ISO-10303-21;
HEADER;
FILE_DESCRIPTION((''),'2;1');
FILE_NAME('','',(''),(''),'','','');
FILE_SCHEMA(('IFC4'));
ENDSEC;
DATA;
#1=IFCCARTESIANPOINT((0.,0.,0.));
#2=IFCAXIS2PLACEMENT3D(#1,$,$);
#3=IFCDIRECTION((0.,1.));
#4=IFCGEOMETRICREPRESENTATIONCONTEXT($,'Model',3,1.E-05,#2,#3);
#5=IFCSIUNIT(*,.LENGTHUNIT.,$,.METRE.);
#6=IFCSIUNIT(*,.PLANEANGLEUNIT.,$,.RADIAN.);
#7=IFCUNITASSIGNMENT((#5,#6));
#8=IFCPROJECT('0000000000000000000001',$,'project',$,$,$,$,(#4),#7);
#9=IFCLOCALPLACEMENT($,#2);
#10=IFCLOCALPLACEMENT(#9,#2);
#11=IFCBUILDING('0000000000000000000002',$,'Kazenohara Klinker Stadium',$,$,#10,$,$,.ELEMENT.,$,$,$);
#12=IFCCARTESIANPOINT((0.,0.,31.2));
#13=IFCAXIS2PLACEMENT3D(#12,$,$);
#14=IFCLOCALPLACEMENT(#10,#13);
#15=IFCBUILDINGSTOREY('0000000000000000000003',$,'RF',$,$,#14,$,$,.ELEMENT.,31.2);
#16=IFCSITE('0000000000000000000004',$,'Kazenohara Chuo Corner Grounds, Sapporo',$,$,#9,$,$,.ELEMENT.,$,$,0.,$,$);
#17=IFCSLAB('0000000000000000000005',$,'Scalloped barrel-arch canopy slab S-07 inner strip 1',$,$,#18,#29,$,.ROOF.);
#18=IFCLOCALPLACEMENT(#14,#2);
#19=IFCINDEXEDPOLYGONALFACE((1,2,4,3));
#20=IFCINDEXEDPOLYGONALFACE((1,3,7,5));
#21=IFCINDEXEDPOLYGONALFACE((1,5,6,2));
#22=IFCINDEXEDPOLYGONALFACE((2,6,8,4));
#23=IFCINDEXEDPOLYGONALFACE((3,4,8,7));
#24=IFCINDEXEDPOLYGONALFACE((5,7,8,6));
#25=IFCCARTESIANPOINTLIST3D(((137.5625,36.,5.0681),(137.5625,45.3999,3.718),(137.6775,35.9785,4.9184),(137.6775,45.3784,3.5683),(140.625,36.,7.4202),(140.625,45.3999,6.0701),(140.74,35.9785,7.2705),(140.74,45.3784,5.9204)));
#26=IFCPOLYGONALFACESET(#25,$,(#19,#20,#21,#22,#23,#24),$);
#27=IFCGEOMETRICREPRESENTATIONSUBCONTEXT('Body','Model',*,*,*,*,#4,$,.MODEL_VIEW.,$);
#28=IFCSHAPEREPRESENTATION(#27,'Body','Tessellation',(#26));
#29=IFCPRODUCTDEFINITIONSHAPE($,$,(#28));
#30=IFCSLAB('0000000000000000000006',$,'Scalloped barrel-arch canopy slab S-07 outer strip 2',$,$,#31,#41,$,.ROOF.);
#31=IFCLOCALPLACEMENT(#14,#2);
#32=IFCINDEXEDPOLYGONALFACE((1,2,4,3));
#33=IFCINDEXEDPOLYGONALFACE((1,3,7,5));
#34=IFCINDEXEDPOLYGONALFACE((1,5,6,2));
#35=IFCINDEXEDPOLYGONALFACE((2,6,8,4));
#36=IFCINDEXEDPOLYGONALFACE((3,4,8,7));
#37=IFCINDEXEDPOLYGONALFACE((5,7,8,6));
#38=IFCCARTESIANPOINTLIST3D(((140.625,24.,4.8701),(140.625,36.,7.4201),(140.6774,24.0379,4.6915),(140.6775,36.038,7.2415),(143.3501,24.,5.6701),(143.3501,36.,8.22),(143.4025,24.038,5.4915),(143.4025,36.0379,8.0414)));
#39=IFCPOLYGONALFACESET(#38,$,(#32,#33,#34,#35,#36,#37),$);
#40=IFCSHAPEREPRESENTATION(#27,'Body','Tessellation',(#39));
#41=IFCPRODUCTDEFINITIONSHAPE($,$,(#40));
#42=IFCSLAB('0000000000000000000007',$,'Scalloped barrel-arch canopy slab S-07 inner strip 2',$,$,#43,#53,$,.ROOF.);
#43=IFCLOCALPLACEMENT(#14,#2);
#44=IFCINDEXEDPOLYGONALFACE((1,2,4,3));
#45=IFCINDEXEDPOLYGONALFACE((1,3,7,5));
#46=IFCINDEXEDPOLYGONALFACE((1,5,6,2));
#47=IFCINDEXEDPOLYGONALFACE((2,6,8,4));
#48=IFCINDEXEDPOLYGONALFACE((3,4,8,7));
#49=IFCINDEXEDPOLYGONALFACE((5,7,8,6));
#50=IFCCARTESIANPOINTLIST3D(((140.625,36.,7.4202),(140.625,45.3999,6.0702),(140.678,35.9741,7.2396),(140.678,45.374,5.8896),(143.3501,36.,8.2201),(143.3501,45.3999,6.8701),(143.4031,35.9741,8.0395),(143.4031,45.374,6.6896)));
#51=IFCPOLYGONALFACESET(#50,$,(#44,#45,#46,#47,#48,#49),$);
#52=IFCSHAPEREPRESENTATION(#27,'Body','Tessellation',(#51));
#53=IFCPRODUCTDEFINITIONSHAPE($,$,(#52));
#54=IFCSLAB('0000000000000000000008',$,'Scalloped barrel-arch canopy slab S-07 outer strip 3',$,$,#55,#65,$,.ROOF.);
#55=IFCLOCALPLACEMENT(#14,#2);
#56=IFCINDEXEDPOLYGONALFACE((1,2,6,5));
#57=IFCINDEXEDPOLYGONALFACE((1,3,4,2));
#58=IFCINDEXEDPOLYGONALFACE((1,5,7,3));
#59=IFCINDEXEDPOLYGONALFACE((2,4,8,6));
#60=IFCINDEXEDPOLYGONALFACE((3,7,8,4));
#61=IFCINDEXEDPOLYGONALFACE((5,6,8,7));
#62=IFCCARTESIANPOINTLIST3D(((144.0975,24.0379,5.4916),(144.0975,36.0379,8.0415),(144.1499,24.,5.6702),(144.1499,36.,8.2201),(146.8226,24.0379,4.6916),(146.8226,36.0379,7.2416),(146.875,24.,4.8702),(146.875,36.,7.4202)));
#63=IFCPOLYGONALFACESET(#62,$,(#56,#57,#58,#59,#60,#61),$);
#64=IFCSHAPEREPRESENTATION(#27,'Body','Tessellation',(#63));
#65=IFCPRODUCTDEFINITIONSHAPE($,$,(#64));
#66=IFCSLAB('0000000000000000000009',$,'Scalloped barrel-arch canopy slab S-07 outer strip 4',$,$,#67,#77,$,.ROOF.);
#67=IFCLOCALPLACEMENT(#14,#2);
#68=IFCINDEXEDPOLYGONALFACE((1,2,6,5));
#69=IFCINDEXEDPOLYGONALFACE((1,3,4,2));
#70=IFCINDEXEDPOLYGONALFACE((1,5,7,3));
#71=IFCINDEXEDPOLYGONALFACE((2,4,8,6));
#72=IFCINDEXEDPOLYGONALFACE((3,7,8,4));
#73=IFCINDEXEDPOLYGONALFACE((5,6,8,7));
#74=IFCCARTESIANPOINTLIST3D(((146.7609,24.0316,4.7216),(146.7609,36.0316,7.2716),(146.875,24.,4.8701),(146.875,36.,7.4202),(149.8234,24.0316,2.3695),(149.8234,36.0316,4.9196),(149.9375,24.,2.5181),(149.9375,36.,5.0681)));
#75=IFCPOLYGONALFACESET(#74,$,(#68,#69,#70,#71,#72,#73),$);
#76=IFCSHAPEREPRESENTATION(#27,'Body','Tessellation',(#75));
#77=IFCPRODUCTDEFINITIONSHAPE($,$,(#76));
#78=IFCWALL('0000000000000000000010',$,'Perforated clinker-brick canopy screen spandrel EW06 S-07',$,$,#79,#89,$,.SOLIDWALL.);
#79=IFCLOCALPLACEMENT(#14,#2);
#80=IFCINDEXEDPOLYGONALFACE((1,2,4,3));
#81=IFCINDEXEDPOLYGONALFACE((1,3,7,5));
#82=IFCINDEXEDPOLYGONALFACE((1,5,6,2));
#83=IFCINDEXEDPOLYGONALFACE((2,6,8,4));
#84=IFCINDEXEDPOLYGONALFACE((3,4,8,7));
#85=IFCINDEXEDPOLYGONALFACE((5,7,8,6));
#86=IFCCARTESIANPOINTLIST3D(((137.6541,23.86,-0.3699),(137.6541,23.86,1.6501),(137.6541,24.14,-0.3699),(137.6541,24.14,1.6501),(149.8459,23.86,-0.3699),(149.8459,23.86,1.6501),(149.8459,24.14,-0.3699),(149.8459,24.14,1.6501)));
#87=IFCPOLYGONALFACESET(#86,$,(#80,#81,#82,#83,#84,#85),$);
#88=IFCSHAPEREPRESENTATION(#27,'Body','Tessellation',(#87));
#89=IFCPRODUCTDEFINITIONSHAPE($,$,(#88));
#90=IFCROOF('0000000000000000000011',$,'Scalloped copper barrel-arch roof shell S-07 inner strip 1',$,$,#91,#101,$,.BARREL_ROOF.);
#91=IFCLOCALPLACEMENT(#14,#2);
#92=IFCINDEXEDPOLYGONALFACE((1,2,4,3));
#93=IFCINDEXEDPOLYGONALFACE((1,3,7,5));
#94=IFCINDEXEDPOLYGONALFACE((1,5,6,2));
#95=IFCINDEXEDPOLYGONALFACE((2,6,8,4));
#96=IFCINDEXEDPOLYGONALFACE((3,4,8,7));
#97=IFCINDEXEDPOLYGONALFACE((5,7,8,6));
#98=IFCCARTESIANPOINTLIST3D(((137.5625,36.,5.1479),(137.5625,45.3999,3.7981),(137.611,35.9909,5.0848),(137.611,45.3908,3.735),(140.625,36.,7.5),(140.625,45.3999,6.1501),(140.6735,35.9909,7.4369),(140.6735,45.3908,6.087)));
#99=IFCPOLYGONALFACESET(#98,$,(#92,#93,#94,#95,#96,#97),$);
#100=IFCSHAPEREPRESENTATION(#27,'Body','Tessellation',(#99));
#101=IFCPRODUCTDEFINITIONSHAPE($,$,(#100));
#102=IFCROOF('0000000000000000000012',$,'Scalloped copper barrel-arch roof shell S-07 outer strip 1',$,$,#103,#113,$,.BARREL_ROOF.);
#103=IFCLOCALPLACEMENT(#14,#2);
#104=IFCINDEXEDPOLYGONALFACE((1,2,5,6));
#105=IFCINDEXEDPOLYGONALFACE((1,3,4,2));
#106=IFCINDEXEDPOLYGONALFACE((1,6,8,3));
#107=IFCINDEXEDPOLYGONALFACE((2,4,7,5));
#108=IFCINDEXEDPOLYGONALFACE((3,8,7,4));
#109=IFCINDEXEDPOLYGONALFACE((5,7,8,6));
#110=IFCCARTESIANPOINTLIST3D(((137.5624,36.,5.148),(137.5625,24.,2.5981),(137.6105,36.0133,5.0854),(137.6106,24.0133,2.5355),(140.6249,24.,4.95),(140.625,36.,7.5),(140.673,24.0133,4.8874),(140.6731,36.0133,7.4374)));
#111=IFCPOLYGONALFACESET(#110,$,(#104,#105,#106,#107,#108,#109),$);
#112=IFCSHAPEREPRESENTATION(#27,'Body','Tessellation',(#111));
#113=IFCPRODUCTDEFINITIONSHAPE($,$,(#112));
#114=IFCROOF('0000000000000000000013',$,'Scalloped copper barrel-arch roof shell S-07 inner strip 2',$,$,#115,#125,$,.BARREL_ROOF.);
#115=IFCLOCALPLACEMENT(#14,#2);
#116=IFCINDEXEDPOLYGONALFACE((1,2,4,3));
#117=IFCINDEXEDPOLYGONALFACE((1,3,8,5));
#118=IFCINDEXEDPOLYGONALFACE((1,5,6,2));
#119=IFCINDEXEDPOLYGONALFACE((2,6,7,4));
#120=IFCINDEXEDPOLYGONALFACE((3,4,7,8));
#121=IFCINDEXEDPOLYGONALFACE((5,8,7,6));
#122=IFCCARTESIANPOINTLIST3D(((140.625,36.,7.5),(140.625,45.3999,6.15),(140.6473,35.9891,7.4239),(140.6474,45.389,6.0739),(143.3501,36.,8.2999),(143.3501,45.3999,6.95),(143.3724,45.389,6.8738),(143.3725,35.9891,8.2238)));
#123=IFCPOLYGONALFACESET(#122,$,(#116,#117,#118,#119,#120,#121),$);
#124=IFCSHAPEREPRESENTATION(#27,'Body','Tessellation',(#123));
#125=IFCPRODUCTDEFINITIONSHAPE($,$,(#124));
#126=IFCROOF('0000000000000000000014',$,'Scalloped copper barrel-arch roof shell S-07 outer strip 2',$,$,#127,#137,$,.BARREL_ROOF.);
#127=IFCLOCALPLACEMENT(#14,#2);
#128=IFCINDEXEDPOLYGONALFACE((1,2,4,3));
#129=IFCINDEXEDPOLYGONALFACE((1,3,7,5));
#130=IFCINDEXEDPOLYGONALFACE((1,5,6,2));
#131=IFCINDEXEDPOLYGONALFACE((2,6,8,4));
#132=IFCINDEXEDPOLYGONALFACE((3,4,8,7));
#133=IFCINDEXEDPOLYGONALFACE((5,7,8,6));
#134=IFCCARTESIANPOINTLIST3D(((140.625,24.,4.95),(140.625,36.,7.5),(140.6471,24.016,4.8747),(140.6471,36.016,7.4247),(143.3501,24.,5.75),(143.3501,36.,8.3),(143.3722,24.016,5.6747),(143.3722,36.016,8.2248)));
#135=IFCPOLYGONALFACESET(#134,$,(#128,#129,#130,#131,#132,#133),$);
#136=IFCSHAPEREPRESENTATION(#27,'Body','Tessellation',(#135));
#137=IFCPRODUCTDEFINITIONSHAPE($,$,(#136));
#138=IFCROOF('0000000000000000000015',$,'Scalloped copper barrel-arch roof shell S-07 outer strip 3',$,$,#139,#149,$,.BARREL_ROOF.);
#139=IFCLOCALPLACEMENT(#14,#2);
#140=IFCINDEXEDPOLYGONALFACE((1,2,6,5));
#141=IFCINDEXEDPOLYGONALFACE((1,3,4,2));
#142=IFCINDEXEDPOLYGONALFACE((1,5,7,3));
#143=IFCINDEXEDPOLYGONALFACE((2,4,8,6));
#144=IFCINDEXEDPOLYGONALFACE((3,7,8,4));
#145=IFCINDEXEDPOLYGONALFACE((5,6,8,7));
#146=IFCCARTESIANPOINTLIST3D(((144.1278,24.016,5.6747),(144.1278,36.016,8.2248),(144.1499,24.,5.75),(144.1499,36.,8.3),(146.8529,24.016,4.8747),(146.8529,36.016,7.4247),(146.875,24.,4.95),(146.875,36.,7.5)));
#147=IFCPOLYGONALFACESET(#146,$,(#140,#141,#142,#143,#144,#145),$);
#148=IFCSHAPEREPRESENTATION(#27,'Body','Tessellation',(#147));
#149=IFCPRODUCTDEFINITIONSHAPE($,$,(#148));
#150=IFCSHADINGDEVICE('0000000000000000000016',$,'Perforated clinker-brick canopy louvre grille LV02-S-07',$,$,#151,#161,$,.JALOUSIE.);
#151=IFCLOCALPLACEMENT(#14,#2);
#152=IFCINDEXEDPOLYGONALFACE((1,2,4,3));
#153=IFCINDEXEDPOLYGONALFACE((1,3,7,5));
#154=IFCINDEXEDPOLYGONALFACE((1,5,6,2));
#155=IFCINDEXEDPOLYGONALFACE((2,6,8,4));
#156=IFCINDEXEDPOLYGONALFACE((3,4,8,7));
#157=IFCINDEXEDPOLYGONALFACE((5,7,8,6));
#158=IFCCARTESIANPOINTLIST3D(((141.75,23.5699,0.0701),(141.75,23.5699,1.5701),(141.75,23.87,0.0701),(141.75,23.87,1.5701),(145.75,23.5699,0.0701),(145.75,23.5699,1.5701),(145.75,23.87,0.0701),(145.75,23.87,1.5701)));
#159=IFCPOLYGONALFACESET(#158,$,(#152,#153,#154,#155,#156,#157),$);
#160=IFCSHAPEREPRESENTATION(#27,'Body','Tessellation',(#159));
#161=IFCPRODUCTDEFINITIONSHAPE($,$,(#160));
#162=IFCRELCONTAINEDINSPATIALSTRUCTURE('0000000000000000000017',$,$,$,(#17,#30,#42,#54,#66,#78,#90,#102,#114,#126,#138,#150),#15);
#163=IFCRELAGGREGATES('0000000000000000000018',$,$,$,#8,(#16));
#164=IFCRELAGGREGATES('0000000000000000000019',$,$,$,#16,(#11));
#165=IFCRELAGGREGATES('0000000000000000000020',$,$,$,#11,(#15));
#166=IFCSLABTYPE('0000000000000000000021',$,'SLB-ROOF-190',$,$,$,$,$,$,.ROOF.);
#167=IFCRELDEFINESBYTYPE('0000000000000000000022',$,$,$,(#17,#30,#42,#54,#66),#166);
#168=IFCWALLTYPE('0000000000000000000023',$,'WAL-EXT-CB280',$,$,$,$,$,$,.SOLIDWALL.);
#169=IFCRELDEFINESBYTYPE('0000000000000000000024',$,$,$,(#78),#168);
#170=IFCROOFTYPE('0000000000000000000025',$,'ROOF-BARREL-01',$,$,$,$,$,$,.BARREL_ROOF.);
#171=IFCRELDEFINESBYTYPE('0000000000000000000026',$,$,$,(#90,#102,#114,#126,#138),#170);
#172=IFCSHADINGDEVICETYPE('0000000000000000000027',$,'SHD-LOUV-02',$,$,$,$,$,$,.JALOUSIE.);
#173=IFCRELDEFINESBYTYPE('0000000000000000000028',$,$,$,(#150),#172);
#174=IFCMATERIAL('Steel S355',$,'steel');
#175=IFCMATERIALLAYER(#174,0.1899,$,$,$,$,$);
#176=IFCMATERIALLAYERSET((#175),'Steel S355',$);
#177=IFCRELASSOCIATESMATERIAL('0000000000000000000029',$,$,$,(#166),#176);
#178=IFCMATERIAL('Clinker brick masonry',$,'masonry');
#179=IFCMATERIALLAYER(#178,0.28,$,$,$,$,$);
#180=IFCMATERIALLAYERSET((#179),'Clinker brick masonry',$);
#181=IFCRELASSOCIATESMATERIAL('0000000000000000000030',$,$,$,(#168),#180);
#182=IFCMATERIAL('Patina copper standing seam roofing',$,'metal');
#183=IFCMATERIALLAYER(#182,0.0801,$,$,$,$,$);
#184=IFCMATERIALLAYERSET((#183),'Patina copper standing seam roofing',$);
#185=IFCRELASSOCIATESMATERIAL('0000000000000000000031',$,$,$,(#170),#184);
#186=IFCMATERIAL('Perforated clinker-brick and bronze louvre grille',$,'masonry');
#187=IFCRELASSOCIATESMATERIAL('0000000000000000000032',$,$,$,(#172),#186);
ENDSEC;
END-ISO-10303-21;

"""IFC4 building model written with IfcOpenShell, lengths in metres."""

from ifc_helpers import new_model, si_unit, direction, frame, frame_2d, origin, origin_2d, place, context, subcontext, project, spatial, polyline, rectangle, outline, extrude, material, layer, layer_set, type_object, element, save


model = new_model("IFC4")

# Units and contexts
model_context = context("Model", 3, precision=1e-05, world=origin(), true_north=direction((0.0, 1.0)))
body_context = subcontext(model_context, "Body", "Model", "MODEL_VIEW")
ifc_project = project(units=[si_unit("LENGTHUNIT", "METRE"), si_unit("PLANEANGLEUNIT", "RADIAN")], contexts=[model_context])

# Site, building, storey
site_placement = place(None, origin())
site = spatial("IfcSite", under=ifc_project, at=site_placement, Name="Kazenohara Chuo Corner Grounds, Sapporo", CompositionType="ELEMENT", RefElevation=0.0)
building_placement = place(site_placement, origin())
building = spatial("IfcBuilding", under=site, at=building_placement, Name="Kazenohara Klinker Stadium", CompositionType="ELEMENT")
storey_placement = place(building_placement, frame((0.0, 0.0, 31.2)))
storey = spatial("IfcBuildingStorey", under=building, at=storey_placement, Name="RF", CompositionType="ELEMENT", Elevation=31.2)

# Shared definitions
ifc_material_1 = material(Name="Steel S355", Category="steel")

# Slabs
ifc_layer_1 = layer(ifc_material_1, 0.1899)
ifc_layer_set_1 = layer_set([ifc_layer_1], Name="Steel S355")
slab_type = type_object("IfcSlabType", Name="SLB-ROOF-190", PredefinedType="ROOF", material=ifc_layer_set_1)
slab_1_placement = place(storey_placement, frame((137.5625, 36.0, 5.0681), z_axis=(-0.605192, 0.113179, 0.787993), x_axis=(0.0, 0.989842, -0.14217)))
element("IfcSlab", 1, at=slab_1_placement, inside=storey, type_object=slab_type, Name="Scalloped barrel-arch canopy slab S-07 inner strip 1", PredefinedType="ROOF", context=body_context, shape_type="SweptSolid", body=[
    extrude(outline(polyline([(0.0, 0.0), (9.4964, 0.0), (9.162, -3.847), (-0.3344, -3.847), (0.0, 0.0)])), origin(), (0.0, 0.0, -1.0), 0.1899),
])
slab_2_placement = place(storey_placement, frame((140.625, 24.0, 4.8701), z_axis=(-0.275979, -0.199781, 0.940172), x_axis=(0.000003, 0.97816, 0.207854)))
element("IfcSlab", 2, at=slab_2_placement, inside=storey, type_object=slab_type, Name="Scalloped barrel-arch canopy slab S-07 outer strip 2", PredefinedType="ROOF", context=body_context, shape_type="SweptSolid", body=[
    extrude(outline(polyline([(0.0, 0.0), (12.268, 0.0), (12.4342, -2.8352), (0.1663, -2.8352), (0.0, 0.0)])), origin(), (0.0, 0.0, -1.0), 0.1899),
])
slab_3_placement = place(storey_placement, frame((140.625, 36.0, 7.4202), z_axis=(-0.27902, 0.136512, 0.950533), x_axis=(-0.000003, 0.989844, -0.142158)))
element("IfcSlab", 3, at=slab_3_placement, inside=storey, type_object=slab_type, Name="Scalloped barrel-arch canopy slab S-07 inner strip 2", PredefinedType="ROOF", context=body_context, shape_type="SweptSolid", body=[
    extrude(outline(polyline([(0.0, 0.0), (9.4964, 0.0), (9.3826, -2.8378), (-0.1137, -2.8378), (0.0, 0.0)])), origin(), (0.0, 0.0, -1.0), 0.1899),
])
slab_4_placement = place(storey_placement, frame((144.1499, 24.0, 5.6702), z_axis=(0.275979, -0.199781, 0.940172), x_axis=(0.000003, 0.97816, 0.207852)))
element("IfcSlab", 4, at=slab_4_placement, inside=storey, type_object=slab_type, Name="Scalloped barrel-arch canopy slab S-07 outer strip 3", PredefinedType="ROOF", context=body_context, shape_type="SweptSolid", body=[
    extrude(outline(polyline([(0.0, 0.0), (12.2679, 0.0), (12.1017, -2.8352), (-0.1663, -2.8352), (0.0, 0.0)])), origin(), (0.0, 0.0, -1.0), 0.1899),
])
slab_5_placement = place(storey_placement, frame((146.875, 24.0, 4.8701), z_axis=(0.600635, -0.166191, 0.78206), x_axis=(0.0, 0.978158, 0.207863)))
element("IfcSlab", 5, at=slab_5_placement, inside=storey, type_object=slab_type, Name="Scalloped barrel-arch canopy slab S-07 outer strip 4", PredefinedType="ROOF", context=body_context, shape_type="SweptSolid", body=[
    extrude(outline(polyline([(0.0, 0.0), (12.268, 0.0), (11.7791, -3.8304), (-0.4889, -3.8304), (0.0, 0.0)])), origin(), (0.0, 0.0, -1.0), 0.1899),
])

# Wall
ifc_material_2 = material(Name="Clinker brick masonry", Category="masonry")
ifc_layer_2 = layer(ifc_material_2, 0.28)
ifc_layer_set_2 = layer_set([ifc_layer_2], Name="Clinker brick masonry")
wall_type = type_object("IfcWallType", Name="WAL-EXT-CB280", PredefinedType="SOLIDWALL", material=ifc_layer_set_2)
wall_placement = place(storey_placement, frame((137.6541, 24.0, -0.3699), z_axis=(0.0, 0.0, 1.0), x_axis=(1.0, 0.0, 0.0)))
element("IfcWall", 6, at=wall_placement, inside=storey, type_object=wall_type, Name="Perforated clinker-brick canopy screen spandrel EW06 S-07", PredefinedType="SOLIDWALL", context=body_context, shape_type="SweptSolid", body=[
    extrude(rectangle(XDim=12.1919, YDim=0.28, at=frame_2d((6.0959, 0.0))), origin(), (0.0, 0.0, 1.0), 2.02),
])

# Roofs
ifc_material_3 = material(Name="Patina copper standing seam roofing", Category="metal")
ifc_layer_3 = layer(ifc_material_3, 0.0801)
ifc_layer_set_3 = layer_set([ifc_layer_3], Name="Patina copper standing seam roofing")
roof_type = type_object("IfcRoofType", Name="ROOF-BARREL-01", PredefinedType="BARREL_ROOF", material=ifc_layer_set_3)
roof_1_placement = place(storey_placement, frame((137.5625, 36.0, 5.1479), z_axis=(-0.605193, 0.113158, 0.787995), x_axis=(0.0, 0.989846, -0.142145)))
element("IfcRoof", 7, at=roof_1_placement, inside=storey, type_object=roof_type, Name="Scalloped copper barrel-arch roof shell S-07 inner strip 1", PredefinedType="BARREL_ROOF", context=body_context, shape_type="SweptSolid", body=[
    extrude(outline(polyline([(0.0, 0.0), (9.4963, 0.0), (9.162, -3.847), (-0.3343, -3.847), (0.0, 0.0)])), origin(), (0.0, 0.0, -1.0), 0.0801),
])
roof_2_placement = place(storey_placement, frame((137.5625, 24.0, 2.5981), z_axis=(-0.600616, -0.166186, 0.782076), x_axis=(-0.000005, 0.978161, 0.20785)))
element("IfcRoof", 8, at=roof_2_placement, inside=storey, type_object=roof_type, Name="Scalloped copper barrel-arch roof shell S-07 outer strip 1", PredefinedType="BARREL_ROOF", context=body_context, shape_type="SweptSolid", body=[
    extrude(outline(polyline([(0.0, 0.0), (12.2679, 0.0), (12.7568, -3.8304), (0.4888, -3.8303), (0.0, 0.0)])), origin(), (0.0, 0.0, -1.0), 0.0801),
])
roof_3_placement = place(storey_placement, frame((140.625, 36.0, 7.5), z_axis=(-0.27902, 0.136512, 0.950533), x_axis=(0.000003, 0.989844, -0.142156)))
element("IfcRoof", 9, at=roof_3_placement, inside=storey, type_object=roof_type, Name="Scalloped copper barrel-arch roof shell S-07 inner strip 2", PredefinedType="BARREL_ROOF", context=body_context, shape_type="SweptSolid", body=[
    extrude(outline(polyline([(0.0, 0.0), (9.4963, 0.0), (9.3826, -2.8378), (-0.1137, -2.8378), (0.0, 0.0)])), origin(), (0.0, 0.0, -1.0), 0.0801),
])
roof_4_placement = place(storey_placement, frame((140.625, 24.0, 4.95), z_axis=(-0.276017, -0.199788, 0.940159), x_axis=(0.0, 0.978158, 0.207863)))
element("IfcRoof", 10, at=roof_4_placement, inside=storey, type_object=roof_type, Name="Scalloped copper barrel-arch roof shell S-07 outer strip 2", PredefinedType="BARREL_ROOF", context=body_context, shape_type="SweptSolid", body=[
    extrude(outline(polyline([(0.0, 0.0), (12.268, 0.0), (12.4343, -2.8352), (0.1663, -2.8352), (0.0, 0.0)])), origin(), (0.0, 0.0, -1.0), 0.0801),
])
roof_5_placement = place(storey_placement, frame((144.1499, 24.0, 5.75), z_axis=(0.276017, -0.199788, 0.940159), x_axis=(0.0, 0.978158, 0.207863)))
element("IfcRoof", 11, at=roof_5_placement, inside=storey, type_object=roof_type, Name="Scalloped copper barrel-arch roof shell S-07 outer strip 3", PredefinedType="BARREL_ROOF", context=body_context, shape_type="SweptSolid", body=[
    extrude(outline(polyline([(0.0, 0.0), (12.268, 0.0), (12.1017, -2.8352), (-0.1663, -2.8352), (0.0, 0.0)])), origin(), (0.0, 0.0, -1.0), 0.0801),
])

# Shading device
ifc_material_4 = material(Name="Perforated clinker-brick and bronze louvre grille", Category="masonry")
shading_device_type = type_object("IfcShadingDeviceType", Name="SHD-LOUV-02", PredefinedType="JALOUSIE", material=ifc_material_4)
shading_device_placement = place(storey_placement, frame((143.75, 23.72, 0.0701), z_axis=(0.0, 0.0, 1.0), x_axis=(1.0, 0.0, 0.0)))
element("IfcShadingDevice", 12, at=shading_device_placement, inside=storey, type_object=shading_device_type, Name="Perforated clinker-brick canopy louvre grille LV02-S-07", PredefinedType="JALOUSIE", context=body_context, shape_type="SweptSolid", body=[
    extrude(rectangle(XDim=4.0, YDim=0.3, at=origin_2d()), origin(), (0.0, 0.0, 1.0), 1.5),
])

save(model, "model.ifc")
